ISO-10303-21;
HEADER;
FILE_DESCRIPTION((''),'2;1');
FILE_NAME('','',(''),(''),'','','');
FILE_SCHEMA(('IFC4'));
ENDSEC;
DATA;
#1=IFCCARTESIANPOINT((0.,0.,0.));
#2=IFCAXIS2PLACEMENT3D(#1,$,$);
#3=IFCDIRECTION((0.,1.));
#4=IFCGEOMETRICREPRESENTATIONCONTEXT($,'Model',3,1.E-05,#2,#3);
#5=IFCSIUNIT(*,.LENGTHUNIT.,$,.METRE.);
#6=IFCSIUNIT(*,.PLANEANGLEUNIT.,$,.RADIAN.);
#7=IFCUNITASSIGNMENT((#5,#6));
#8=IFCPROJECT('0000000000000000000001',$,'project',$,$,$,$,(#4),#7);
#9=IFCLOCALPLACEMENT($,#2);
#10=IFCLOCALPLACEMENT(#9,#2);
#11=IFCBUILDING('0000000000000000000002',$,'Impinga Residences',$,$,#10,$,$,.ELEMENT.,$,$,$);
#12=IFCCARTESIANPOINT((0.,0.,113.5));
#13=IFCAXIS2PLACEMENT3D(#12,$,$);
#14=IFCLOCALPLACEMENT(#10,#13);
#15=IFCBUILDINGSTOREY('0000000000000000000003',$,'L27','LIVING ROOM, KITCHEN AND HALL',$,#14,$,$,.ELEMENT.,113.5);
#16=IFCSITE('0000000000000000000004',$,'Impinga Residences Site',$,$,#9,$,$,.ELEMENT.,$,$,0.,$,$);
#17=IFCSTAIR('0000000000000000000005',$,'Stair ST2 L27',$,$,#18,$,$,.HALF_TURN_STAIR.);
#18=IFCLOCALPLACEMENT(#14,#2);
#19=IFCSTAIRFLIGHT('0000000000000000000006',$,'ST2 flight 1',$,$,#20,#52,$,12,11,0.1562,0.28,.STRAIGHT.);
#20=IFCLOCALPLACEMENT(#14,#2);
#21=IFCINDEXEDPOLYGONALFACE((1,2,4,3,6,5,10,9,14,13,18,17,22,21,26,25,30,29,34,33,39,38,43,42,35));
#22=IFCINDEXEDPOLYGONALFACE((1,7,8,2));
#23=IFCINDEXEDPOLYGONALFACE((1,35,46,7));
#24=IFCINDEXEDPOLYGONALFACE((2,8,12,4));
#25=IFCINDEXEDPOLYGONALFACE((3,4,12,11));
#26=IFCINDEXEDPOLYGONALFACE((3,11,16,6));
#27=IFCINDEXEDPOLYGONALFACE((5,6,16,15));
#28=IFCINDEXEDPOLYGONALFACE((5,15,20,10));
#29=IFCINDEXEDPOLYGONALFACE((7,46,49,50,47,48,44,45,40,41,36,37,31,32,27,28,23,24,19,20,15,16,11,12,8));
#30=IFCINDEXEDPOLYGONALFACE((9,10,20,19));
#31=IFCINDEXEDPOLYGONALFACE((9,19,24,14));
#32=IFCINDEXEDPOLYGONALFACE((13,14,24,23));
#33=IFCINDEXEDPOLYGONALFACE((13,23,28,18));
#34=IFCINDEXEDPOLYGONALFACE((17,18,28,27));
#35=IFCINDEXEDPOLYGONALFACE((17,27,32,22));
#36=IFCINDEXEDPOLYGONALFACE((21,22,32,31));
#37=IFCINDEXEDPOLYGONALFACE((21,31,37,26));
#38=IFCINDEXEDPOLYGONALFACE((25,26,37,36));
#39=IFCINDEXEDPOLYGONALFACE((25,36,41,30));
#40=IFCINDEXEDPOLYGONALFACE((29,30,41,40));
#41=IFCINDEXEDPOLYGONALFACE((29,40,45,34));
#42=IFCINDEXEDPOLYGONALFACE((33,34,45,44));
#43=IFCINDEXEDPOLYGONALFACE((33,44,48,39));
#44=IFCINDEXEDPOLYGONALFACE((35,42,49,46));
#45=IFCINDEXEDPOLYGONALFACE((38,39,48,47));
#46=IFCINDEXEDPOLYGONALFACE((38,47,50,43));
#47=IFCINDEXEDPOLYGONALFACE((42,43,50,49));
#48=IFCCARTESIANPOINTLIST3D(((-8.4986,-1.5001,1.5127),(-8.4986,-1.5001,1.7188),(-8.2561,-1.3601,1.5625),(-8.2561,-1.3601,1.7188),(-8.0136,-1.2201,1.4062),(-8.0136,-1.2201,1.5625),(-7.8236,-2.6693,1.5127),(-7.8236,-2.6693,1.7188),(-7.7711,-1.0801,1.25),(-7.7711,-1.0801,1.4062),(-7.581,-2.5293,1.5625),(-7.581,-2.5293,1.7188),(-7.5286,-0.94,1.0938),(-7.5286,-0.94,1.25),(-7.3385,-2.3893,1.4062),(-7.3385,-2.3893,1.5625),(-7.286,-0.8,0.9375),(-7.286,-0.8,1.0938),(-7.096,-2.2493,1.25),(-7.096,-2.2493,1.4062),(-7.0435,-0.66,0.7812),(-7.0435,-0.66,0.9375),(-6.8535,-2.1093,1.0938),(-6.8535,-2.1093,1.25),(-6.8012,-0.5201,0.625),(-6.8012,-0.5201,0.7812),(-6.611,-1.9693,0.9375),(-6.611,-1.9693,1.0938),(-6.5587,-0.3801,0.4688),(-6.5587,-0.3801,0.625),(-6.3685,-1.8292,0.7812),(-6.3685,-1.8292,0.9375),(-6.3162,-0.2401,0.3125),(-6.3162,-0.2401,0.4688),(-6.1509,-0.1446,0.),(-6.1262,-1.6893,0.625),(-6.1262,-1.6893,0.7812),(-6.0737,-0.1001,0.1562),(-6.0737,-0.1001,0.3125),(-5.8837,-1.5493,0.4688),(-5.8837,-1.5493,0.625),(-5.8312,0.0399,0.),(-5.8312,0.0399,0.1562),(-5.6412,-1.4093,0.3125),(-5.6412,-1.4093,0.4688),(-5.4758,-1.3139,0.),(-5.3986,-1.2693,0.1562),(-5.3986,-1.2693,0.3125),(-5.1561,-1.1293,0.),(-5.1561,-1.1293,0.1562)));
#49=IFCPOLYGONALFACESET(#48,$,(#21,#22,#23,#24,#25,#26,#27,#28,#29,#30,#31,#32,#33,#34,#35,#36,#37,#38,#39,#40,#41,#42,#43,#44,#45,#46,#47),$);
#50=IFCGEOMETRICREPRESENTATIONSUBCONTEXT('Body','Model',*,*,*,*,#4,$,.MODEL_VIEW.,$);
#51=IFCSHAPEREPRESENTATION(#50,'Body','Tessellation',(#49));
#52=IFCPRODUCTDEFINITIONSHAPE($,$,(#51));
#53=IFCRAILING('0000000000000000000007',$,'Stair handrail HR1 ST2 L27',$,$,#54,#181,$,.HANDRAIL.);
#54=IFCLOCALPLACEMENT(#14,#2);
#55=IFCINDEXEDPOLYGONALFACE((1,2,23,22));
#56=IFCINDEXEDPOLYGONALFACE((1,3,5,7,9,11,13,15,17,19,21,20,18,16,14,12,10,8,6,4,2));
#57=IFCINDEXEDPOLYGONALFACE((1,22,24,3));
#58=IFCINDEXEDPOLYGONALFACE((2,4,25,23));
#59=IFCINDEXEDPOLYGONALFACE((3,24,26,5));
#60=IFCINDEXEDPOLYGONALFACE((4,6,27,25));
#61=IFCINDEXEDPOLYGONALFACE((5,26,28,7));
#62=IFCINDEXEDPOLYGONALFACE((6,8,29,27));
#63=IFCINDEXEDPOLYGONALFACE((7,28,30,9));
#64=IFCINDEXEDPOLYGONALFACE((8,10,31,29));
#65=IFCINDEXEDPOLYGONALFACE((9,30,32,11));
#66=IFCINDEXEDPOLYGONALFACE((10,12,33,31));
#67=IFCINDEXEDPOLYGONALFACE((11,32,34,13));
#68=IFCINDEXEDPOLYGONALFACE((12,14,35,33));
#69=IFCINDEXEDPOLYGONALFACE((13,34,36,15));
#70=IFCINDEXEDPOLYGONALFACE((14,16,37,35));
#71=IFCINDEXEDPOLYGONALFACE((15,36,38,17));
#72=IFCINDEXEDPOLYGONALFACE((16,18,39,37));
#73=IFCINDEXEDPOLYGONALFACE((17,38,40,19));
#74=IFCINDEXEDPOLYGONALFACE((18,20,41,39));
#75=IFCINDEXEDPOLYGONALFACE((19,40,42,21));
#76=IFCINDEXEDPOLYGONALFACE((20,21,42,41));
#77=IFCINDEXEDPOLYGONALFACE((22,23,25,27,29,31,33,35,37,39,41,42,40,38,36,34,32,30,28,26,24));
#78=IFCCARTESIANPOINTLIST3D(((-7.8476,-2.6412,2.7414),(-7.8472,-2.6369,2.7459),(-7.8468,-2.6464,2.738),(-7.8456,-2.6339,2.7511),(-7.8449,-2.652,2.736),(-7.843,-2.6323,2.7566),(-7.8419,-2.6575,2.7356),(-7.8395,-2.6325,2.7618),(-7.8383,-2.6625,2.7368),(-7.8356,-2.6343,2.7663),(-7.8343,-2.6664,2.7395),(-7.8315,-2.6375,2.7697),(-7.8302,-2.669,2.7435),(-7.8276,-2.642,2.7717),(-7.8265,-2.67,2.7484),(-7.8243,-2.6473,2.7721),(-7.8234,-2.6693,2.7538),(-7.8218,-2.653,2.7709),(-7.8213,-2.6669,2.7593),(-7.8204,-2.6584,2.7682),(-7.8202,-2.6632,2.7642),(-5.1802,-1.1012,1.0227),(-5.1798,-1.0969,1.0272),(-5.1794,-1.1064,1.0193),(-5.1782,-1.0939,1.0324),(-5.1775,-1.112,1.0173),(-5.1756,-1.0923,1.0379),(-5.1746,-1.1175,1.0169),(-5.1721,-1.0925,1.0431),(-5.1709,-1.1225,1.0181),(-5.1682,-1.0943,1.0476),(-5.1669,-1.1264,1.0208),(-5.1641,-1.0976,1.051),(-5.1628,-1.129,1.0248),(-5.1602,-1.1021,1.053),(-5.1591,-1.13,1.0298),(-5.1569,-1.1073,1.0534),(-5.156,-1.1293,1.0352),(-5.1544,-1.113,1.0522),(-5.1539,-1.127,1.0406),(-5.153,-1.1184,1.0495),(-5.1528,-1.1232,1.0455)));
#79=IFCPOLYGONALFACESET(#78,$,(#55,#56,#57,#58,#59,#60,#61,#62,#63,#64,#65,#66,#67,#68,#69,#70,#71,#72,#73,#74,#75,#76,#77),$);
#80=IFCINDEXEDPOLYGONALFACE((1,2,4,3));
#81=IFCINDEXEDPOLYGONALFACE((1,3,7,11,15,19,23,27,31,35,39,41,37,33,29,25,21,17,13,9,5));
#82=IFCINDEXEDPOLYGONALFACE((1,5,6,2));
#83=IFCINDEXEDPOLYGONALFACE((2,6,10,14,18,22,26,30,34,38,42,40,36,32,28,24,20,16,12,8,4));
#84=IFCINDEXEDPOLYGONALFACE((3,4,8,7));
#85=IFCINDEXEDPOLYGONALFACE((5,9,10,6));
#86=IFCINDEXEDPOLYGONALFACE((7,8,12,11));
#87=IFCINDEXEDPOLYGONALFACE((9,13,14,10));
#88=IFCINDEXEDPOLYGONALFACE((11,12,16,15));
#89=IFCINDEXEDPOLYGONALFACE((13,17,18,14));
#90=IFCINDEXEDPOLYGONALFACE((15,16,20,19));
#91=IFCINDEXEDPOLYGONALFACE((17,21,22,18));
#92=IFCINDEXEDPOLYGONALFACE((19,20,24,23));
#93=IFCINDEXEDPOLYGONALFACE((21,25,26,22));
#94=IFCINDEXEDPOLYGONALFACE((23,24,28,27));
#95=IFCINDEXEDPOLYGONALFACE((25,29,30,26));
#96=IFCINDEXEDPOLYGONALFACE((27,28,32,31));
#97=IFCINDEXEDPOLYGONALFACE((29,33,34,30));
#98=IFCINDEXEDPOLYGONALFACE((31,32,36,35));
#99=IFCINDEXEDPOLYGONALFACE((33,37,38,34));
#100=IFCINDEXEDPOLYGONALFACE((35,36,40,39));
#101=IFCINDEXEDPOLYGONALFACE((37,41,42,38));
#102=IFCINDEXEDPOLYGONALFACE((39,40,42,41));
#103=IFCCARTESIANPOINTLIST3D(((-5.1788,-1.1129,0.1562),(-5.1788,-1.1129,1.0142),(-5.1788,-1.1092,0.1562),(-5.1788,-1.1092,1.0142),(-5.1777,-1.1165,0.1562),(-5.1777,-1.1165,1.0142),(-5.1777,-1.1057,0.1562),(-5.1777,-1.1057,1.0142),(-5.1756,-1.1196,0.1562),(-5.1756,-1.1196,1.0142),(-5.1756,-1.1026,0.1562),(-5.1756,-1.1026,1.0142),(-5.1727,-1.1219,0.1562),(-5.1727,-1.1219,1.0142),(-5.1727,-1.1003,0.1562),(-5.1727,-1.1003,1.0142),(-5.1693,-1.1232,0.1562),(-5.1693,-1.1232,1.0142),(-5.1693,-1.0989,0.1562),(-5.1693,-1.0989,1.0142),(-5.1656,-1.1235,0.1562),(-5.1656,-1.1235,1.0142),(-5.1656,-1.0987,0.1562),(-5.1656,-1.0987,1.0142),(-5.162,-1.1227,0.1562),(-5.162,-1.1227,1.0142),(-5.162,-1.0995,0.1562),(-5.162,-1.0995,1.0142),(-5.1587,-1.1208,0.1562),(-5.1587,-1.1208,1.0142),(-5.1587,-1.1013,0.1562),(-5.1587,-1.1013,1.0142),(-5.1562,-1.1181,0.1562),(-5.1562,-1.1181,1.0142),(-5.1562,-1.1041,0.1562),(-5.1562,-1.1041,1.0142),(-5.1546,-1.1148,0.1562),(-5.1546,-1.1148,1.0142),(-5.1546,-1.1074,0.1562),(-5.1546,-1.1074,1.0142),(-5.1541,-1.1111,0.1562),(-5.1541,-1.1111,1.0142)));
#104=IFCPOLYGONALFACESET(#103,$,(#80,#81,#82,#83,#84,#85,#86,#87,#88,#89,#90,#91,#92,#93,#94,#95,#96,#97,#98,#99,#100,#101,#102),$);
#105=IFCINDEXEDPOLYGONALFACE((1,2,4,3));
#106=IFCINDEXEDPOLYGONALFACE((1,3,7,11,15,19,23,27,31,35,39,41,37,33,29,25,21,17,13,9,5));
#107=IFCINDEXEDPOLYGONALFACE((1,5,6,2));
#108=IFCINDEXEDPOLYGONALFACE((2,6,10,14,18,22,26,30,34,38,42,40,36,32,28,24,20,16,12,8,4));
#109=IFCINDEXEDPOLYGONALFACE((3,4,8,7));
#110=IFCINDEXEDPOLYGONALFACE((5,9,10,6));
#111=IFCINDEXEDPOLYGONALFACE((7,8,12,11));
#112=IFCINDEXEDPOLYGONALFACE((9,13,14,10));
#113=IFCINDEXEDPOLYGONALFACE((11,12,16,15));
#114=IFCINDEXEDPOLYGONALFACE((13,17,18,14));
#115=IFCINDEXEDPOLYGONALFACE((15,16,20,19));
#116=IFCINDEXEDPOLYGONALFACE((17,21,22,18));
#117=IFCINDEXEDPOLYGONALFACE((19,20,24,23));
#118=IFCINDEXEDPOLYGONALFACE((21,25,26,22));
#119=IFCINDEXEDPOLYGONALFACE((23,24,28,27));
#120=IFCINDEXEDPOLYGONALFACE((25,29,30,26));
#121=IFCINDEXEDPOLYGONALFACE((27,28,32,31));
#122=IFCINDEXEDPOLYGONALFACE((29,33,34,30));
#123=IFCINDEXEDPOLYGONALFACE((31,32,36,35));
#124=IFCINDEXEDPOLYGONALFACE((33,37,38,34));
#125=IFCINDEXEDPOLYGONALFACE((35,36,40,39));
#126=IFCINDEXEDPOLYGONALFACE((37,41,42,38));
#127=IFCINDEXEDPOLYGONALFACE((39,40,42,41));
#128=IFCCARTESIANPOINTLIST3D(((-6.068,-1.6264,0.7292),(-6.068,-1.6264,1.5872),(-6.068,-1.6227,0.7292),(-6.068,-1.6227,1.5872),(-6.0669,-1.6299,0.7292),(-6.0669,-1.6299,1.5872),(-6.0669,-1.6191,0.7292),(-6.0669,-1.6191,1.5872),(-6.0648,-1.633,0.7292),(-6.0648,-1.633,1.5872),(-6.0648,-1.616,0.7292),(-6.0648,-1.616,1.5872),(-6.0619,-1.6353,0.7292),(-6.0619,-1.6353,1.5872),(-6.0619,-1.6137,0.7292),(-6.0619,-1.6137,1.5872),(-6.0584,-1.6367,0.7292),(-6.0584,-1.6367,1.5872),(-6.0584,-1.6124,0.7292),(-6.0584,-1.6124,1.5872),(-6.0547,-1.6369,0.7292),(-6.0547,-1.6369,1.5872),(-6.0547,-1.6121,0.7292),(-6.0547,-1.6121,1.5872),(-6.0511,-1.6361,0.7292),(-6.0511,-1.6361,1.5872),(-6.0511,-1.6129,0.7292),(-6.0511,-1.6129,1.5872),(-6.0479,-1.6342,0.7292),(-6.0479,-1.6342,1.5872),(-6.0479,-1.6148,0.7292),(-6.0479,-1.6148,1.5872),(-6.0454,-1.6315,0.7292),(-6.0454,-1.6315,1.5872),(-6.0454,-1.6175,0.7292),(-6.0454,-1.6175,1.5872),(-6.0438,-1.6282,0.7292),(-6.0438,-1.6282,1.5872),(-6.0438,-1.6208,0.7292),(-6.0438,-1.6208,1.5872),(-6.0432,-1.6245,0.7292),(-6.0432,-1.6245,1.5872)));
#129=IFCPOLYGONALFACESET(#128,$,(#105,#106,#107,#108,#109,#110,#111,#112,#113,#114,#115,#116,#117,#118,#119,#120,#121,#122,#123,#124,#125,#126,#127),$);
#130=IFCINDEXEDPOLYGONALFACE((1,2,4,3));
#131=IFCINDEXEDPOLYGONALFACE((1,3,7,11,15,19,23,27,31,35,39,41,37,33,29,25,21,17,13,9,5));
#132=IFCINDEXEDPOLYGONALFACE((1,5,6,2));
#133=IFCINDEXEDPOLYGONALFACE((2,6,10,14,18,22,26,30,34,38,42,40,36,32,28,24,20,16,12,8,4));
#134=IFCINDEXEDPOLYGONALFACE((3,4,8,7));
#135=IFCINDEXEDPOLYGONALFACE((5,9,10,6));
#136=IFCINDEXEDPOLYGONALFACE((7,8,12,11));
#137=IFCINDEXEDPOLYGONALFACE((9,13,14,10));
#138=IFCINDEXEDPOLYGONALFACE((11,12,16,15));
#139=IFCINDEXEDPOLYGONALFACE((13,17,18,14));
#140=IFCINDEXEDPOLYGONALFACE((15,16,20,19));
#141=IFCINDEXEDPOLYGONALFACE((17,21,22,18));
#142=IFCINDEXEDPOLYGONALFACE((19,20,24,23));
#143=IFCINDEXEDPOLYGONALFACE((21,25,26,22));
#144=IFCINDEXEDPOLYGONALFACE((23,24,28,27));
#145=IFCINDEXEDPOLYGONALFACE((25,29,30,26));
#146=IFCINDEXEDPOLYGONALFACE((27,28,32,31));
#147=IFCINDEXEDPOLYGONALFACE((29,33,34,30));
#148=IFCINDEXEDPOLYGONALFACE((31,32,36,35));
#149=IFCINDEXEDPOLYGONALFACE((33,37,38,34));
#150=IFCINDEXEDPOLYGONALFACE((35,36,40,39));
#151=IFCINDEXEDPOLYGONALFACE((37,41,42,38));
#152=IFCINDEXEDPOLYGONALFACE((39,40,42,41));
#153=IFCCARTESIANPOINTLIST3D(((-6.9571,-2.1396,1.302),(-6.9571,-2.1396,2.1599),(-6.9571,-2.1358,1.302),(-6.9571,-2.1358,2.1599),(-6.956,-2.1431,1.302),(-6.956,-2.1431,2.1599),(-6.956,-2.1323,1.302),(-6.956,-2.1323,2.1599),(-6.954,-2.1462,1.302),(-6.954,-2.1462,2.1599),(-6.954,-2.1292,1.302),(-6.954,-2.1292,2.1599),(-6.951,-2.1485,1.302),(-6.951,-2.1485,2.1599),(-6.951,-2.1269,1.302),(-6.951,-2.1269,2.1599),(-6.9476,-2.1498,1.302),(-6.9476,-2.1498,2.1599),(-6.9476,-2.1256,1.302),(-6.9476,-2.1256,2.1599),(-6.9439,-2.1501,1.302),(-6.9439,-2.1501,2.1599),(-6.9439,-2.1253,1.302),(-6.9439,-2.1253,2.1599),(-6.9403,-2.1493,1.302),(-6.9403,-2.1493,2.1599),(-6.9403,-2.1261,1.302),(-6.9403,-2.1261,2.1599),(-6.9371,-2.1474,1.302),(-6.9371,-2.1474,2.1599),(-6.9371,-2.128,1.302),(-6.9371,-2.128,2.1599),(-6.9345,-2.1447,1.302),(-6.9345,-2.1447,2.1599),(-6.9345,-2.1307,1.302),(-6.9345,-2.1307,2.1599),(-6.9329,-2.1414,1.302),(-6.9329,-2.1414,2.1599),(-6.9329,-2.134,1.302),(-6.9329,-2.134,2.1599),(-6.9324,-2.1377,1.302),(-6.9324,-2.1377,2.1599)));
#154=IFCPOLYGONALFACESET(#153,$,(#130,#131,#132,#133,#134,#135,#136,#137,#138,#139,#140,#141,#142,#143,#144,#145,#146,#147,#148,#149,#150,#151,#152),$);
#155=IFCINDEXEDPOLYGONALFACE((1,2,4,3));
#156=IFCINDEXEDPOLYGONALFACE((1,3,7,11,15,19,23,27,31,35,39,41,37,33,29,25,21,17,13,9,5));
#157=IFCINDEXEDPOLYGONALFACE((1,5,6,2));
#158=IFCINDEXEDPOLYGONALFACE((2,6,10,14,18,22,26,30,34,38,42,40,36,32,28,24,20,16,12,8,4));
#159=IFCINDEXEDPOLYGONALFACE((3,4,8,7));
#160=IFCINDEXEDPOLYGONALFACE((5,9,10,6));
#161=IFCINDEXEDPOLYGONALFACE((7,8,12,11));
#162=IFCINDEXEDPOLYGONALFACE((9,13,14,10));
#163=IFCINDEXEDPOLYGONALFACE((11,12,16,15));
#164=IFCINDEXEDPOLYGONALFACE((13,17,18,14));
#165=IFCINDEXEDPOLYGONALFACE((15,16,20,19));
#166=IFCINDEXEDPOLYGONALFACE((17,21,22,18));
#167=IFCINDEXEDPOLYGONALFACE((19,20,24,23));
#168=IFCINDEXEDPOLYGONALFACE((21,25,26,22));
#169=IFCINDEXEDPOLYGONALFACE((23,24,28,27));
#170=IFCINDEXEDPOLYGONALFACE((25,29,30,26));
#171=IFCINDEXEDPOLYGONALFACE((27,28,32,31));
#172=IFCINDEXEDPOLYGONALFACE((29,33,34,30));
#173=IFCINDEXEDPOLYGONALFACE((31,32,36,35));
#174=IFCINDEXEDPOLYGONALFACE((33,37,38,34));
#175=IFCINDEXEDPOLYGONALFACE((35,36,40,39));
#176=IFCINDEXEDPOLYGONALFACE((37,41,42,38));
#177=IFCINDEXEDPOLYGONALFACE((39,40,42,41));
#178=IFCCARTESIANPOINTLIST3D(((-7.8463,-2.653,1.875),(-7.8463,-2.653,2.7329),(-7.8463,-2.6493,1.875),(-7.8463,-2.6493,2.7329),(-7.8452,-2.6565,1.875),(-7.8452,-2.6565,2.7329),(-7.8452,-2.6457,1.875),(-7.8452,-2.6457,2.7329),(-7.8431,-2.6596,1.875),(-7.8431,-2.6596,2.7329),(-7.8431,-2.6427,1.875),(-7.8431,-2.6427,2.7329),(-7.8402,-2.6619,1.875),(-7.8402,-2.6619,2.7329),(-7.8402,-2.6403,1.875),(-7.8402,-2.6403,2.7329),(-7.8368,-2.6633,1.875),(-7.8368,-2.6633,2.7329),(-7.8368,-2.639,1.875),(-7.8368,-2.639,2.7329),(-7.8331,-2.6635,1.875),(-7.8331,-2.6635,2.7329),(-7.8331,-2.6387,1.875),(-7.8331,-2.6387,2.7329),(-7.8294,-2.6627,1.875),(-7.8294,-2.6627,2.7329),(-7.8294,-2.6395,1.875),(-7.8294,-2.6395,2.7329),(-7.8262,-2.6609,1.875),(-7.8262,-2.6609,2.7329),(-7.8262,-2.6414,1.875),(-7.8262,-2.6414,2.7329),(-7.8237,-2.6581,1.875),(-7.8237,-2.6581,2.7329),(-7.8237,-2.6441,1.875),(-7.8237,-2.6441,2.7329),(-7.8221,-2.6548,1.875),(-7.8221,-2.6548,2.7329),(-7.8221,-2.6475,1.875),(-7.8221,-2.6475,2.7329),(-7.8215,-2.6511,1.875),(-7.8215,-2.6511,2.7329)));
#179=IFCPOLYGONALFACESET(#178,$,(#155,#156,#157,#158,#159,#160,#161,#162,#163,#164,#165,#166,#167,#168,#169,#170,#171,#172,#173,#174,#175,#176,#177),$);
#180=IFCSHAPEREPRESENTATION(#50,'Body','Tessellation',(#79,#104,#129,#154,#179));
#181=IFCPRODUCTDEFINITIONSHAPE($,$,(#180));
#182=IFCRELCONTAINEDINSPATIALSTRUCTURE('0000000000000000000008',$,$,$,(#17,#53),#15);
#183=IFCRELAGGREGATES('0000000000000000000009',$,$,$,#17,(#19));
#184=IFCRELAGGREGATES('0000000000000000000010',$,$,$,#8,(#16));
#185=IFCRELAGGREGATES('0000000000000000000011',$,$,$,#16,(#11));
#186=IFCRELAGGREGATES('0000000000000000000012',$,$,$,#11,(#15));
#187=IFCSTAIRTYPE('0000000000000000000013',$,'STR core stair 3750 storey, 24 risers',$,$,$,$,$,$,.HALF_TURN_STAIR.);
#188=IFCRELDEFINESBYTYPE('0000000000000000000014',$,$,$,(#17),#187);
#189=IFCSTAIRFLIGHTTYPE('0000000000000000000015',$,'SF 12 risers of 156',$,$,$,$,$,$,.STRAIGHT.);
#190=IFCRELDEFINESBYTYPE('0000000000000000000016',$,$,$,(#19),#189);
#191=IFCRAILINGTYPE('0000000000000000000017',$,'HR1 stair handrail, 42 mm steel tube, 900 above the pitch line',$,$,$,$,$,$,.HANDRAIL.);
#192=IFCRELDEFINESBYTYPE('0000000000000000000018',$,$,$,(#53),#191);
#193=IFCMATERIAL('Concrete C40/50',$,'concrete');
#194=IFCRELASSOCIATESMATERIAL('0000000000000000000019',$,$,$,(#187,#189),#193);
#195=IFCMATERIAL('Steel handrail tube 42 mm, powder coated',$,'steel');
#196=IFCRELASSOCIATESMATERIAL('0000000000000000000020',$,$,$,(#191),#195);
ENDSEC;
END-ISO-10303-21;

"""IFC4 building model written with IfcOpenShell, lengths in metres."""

from ifc_helpers import new_model, si_unit, direction, frame, origin, origin_2d, place, context, subcontext, project, spatial, polyline, circle, outline, extrude, material, type_object, element, aggregate, save


model = new_model("IFC4")

# Units and contexts
model_context = context("Model", 3, precision=1e-05, world=origin(), true_north=direction((0.0, 1.0)))
body_context = subcontext(model_context, "Body", "Model", "MODEL_VIEW")
ifc_project = project(units=[si_unit("LENGTHUNIT", "METRE"), si_unit("PLANEANGLEUNIT", "RADIAN")], contexts=[model_context])

# Site, building, storey
site_placement = place(None, origin())
site = spatial("IfcSite", under=ifc_project, at=site_placement, Name="Impinga Residences Site", CompositionType="ELEMENT", RefElevation=0.0)
building_placement = place(site_placement, origin())
building = spatial("IfcBuilding", under=site, at=building_placement, Name="Impinga Residences", CompositionType="ELEMENT")
storey_placement = place(building_placement, frame((0.0, 0.0, 113.5)))
storey = spatial("IfcBuildingStorey", under=building, at=storey_placement, Name="L27", Description="LIVING ROOM, KITCHEN AND HALL", CompositionType="ELEMENT", Elevation=113.5)

# Shared definitions
ifc_material_1 = material(Name="Concrete C40/50", Category="concrete")
stair_type = type_object("IfcStairType", Name="STR core stair 3750 storey, 24 risers", PredefinedType="HALF_TURN_STAIR", material=ifc_material_1)

# Stair, stair flight
stair_1_placement = place(storey_placement, origin())
stair_1 = element("IfcStair", 1, at=stair_1_placement, inside=storey, type_object=stair_type, Name="Stair ST2 L27", PredefinedType="HALF_TURN_STAIR")
stair_flight_type = type_object("IfcStairFlightType", Name="SF 12 risers of 156", PredefinedType="STRAIGHT", material=ifc_material_1)
stair_flight_placement = place(storey_placement, frame((-5.4937, -0.5447, 0.0), z_axis=(0.0, 0.0, 1.0), x_axis=(-0.866025, -0.5, 0.0)))
stair_flight = element("IfcStairFlight", 2, at=stair_flight_placement, type_object=stair_flight_type, Name="ST2 flight 1", NumberOfRisers=12, NumberOfTreads=11, PredefinedType="STRAIGHT", RiserHeight=0.1562, TreadLength=0.28, context=body_context, shape_type="SweptSolid", body=[
    extrude(outline(polyline([(0.0, 0.0), (0.0, 0.1562), (0.28, 0.1562), (0.28, 0.3125), (0.5601, 0.3125), (0.5601, 0.4688), (0.8401, 0.4688), (0.8401, 0.625), (1.1201, 0.625), (1.1201, 0.7812), (1.3999, 0.7812), (1.3999, 0.9375), (1.6799, 0.9375), (1.6799, 1.0938), (1.96, 1.0938), (1.96, 1.25), (2.24, 1.25), (2.24, 1.4062), (2.52, 1.4062), (2.52, 1.5625), (2.8, 1.5625), (2.8, 1.7188), (3.0801, 1.7188), (3.0801, 1.875), (3.0801, 1.5127), (0.3691, 0.0), (0.0, 0.0)])), frame((0.0, 0.675, 0.0), z_axis=(0.0, -1.0, 0.0), x_axis=(1.0, 0.0, 0.0)), (0.0, 0.0, 1.0), 1.3501),
])
aggregate(stair_1, [stair_flight])

# Railing
ifc_material_2 = material(Name="Steel handrail tube 42 mm, powder coated", Category="steel")
railing_type = type_object("IfcRailingType", Name="HR1 stair handrail, 42 mm steel tube, 900 above the pitch line", PredefinedType="HANDRAIL", material=ifc_material_2)
railing_placement = place(storey_placement, frame((-5.1665, -1.1111, 0.1562)))
element("IfcRailing", 3, at=railing_placement, inside=storey, type_object=railing_type, Name="Stair handrail HR1 ST2 L27", PredefinedType="HANDRAIL", context=body_context, shape_type="SweptSolid", body=[
    extrude(circle(Radius=0.021, at=origin_2d()), frame((0.0, 0.0, 0.8789), z_axis=(-0.756256, -0.436616, 0.487282), x_axis=(0.499992, -0.86603, 0.0)), (0.0, 0.0, 1.0), 3.5271),
    extrude(circle(Radius=0.0125, at=origin_2d()), origin(), (0.0, 0.0, 1.0), 0.8579),
    extrude(circle(Radius=0.0125, at=origin_2d()), frame((-0.8892, -0.5134, 0.573)), (0.0, 0.0, 1.0), 0.8579),
    extrude(circle(Radius=0.0125, at=origin_2d()), frame((-1.7783, -1.0266, 1.1458)), (0.0, 0.0, 1.0), 0.8579),
    extrude(circle(Radius=0.0125, at=origin_2d()), frame((-2.6675, -1.54, 1.7188)), (0.0, 0.0, 1.0), 0.8579),
])

save(model, "model.ifc")
